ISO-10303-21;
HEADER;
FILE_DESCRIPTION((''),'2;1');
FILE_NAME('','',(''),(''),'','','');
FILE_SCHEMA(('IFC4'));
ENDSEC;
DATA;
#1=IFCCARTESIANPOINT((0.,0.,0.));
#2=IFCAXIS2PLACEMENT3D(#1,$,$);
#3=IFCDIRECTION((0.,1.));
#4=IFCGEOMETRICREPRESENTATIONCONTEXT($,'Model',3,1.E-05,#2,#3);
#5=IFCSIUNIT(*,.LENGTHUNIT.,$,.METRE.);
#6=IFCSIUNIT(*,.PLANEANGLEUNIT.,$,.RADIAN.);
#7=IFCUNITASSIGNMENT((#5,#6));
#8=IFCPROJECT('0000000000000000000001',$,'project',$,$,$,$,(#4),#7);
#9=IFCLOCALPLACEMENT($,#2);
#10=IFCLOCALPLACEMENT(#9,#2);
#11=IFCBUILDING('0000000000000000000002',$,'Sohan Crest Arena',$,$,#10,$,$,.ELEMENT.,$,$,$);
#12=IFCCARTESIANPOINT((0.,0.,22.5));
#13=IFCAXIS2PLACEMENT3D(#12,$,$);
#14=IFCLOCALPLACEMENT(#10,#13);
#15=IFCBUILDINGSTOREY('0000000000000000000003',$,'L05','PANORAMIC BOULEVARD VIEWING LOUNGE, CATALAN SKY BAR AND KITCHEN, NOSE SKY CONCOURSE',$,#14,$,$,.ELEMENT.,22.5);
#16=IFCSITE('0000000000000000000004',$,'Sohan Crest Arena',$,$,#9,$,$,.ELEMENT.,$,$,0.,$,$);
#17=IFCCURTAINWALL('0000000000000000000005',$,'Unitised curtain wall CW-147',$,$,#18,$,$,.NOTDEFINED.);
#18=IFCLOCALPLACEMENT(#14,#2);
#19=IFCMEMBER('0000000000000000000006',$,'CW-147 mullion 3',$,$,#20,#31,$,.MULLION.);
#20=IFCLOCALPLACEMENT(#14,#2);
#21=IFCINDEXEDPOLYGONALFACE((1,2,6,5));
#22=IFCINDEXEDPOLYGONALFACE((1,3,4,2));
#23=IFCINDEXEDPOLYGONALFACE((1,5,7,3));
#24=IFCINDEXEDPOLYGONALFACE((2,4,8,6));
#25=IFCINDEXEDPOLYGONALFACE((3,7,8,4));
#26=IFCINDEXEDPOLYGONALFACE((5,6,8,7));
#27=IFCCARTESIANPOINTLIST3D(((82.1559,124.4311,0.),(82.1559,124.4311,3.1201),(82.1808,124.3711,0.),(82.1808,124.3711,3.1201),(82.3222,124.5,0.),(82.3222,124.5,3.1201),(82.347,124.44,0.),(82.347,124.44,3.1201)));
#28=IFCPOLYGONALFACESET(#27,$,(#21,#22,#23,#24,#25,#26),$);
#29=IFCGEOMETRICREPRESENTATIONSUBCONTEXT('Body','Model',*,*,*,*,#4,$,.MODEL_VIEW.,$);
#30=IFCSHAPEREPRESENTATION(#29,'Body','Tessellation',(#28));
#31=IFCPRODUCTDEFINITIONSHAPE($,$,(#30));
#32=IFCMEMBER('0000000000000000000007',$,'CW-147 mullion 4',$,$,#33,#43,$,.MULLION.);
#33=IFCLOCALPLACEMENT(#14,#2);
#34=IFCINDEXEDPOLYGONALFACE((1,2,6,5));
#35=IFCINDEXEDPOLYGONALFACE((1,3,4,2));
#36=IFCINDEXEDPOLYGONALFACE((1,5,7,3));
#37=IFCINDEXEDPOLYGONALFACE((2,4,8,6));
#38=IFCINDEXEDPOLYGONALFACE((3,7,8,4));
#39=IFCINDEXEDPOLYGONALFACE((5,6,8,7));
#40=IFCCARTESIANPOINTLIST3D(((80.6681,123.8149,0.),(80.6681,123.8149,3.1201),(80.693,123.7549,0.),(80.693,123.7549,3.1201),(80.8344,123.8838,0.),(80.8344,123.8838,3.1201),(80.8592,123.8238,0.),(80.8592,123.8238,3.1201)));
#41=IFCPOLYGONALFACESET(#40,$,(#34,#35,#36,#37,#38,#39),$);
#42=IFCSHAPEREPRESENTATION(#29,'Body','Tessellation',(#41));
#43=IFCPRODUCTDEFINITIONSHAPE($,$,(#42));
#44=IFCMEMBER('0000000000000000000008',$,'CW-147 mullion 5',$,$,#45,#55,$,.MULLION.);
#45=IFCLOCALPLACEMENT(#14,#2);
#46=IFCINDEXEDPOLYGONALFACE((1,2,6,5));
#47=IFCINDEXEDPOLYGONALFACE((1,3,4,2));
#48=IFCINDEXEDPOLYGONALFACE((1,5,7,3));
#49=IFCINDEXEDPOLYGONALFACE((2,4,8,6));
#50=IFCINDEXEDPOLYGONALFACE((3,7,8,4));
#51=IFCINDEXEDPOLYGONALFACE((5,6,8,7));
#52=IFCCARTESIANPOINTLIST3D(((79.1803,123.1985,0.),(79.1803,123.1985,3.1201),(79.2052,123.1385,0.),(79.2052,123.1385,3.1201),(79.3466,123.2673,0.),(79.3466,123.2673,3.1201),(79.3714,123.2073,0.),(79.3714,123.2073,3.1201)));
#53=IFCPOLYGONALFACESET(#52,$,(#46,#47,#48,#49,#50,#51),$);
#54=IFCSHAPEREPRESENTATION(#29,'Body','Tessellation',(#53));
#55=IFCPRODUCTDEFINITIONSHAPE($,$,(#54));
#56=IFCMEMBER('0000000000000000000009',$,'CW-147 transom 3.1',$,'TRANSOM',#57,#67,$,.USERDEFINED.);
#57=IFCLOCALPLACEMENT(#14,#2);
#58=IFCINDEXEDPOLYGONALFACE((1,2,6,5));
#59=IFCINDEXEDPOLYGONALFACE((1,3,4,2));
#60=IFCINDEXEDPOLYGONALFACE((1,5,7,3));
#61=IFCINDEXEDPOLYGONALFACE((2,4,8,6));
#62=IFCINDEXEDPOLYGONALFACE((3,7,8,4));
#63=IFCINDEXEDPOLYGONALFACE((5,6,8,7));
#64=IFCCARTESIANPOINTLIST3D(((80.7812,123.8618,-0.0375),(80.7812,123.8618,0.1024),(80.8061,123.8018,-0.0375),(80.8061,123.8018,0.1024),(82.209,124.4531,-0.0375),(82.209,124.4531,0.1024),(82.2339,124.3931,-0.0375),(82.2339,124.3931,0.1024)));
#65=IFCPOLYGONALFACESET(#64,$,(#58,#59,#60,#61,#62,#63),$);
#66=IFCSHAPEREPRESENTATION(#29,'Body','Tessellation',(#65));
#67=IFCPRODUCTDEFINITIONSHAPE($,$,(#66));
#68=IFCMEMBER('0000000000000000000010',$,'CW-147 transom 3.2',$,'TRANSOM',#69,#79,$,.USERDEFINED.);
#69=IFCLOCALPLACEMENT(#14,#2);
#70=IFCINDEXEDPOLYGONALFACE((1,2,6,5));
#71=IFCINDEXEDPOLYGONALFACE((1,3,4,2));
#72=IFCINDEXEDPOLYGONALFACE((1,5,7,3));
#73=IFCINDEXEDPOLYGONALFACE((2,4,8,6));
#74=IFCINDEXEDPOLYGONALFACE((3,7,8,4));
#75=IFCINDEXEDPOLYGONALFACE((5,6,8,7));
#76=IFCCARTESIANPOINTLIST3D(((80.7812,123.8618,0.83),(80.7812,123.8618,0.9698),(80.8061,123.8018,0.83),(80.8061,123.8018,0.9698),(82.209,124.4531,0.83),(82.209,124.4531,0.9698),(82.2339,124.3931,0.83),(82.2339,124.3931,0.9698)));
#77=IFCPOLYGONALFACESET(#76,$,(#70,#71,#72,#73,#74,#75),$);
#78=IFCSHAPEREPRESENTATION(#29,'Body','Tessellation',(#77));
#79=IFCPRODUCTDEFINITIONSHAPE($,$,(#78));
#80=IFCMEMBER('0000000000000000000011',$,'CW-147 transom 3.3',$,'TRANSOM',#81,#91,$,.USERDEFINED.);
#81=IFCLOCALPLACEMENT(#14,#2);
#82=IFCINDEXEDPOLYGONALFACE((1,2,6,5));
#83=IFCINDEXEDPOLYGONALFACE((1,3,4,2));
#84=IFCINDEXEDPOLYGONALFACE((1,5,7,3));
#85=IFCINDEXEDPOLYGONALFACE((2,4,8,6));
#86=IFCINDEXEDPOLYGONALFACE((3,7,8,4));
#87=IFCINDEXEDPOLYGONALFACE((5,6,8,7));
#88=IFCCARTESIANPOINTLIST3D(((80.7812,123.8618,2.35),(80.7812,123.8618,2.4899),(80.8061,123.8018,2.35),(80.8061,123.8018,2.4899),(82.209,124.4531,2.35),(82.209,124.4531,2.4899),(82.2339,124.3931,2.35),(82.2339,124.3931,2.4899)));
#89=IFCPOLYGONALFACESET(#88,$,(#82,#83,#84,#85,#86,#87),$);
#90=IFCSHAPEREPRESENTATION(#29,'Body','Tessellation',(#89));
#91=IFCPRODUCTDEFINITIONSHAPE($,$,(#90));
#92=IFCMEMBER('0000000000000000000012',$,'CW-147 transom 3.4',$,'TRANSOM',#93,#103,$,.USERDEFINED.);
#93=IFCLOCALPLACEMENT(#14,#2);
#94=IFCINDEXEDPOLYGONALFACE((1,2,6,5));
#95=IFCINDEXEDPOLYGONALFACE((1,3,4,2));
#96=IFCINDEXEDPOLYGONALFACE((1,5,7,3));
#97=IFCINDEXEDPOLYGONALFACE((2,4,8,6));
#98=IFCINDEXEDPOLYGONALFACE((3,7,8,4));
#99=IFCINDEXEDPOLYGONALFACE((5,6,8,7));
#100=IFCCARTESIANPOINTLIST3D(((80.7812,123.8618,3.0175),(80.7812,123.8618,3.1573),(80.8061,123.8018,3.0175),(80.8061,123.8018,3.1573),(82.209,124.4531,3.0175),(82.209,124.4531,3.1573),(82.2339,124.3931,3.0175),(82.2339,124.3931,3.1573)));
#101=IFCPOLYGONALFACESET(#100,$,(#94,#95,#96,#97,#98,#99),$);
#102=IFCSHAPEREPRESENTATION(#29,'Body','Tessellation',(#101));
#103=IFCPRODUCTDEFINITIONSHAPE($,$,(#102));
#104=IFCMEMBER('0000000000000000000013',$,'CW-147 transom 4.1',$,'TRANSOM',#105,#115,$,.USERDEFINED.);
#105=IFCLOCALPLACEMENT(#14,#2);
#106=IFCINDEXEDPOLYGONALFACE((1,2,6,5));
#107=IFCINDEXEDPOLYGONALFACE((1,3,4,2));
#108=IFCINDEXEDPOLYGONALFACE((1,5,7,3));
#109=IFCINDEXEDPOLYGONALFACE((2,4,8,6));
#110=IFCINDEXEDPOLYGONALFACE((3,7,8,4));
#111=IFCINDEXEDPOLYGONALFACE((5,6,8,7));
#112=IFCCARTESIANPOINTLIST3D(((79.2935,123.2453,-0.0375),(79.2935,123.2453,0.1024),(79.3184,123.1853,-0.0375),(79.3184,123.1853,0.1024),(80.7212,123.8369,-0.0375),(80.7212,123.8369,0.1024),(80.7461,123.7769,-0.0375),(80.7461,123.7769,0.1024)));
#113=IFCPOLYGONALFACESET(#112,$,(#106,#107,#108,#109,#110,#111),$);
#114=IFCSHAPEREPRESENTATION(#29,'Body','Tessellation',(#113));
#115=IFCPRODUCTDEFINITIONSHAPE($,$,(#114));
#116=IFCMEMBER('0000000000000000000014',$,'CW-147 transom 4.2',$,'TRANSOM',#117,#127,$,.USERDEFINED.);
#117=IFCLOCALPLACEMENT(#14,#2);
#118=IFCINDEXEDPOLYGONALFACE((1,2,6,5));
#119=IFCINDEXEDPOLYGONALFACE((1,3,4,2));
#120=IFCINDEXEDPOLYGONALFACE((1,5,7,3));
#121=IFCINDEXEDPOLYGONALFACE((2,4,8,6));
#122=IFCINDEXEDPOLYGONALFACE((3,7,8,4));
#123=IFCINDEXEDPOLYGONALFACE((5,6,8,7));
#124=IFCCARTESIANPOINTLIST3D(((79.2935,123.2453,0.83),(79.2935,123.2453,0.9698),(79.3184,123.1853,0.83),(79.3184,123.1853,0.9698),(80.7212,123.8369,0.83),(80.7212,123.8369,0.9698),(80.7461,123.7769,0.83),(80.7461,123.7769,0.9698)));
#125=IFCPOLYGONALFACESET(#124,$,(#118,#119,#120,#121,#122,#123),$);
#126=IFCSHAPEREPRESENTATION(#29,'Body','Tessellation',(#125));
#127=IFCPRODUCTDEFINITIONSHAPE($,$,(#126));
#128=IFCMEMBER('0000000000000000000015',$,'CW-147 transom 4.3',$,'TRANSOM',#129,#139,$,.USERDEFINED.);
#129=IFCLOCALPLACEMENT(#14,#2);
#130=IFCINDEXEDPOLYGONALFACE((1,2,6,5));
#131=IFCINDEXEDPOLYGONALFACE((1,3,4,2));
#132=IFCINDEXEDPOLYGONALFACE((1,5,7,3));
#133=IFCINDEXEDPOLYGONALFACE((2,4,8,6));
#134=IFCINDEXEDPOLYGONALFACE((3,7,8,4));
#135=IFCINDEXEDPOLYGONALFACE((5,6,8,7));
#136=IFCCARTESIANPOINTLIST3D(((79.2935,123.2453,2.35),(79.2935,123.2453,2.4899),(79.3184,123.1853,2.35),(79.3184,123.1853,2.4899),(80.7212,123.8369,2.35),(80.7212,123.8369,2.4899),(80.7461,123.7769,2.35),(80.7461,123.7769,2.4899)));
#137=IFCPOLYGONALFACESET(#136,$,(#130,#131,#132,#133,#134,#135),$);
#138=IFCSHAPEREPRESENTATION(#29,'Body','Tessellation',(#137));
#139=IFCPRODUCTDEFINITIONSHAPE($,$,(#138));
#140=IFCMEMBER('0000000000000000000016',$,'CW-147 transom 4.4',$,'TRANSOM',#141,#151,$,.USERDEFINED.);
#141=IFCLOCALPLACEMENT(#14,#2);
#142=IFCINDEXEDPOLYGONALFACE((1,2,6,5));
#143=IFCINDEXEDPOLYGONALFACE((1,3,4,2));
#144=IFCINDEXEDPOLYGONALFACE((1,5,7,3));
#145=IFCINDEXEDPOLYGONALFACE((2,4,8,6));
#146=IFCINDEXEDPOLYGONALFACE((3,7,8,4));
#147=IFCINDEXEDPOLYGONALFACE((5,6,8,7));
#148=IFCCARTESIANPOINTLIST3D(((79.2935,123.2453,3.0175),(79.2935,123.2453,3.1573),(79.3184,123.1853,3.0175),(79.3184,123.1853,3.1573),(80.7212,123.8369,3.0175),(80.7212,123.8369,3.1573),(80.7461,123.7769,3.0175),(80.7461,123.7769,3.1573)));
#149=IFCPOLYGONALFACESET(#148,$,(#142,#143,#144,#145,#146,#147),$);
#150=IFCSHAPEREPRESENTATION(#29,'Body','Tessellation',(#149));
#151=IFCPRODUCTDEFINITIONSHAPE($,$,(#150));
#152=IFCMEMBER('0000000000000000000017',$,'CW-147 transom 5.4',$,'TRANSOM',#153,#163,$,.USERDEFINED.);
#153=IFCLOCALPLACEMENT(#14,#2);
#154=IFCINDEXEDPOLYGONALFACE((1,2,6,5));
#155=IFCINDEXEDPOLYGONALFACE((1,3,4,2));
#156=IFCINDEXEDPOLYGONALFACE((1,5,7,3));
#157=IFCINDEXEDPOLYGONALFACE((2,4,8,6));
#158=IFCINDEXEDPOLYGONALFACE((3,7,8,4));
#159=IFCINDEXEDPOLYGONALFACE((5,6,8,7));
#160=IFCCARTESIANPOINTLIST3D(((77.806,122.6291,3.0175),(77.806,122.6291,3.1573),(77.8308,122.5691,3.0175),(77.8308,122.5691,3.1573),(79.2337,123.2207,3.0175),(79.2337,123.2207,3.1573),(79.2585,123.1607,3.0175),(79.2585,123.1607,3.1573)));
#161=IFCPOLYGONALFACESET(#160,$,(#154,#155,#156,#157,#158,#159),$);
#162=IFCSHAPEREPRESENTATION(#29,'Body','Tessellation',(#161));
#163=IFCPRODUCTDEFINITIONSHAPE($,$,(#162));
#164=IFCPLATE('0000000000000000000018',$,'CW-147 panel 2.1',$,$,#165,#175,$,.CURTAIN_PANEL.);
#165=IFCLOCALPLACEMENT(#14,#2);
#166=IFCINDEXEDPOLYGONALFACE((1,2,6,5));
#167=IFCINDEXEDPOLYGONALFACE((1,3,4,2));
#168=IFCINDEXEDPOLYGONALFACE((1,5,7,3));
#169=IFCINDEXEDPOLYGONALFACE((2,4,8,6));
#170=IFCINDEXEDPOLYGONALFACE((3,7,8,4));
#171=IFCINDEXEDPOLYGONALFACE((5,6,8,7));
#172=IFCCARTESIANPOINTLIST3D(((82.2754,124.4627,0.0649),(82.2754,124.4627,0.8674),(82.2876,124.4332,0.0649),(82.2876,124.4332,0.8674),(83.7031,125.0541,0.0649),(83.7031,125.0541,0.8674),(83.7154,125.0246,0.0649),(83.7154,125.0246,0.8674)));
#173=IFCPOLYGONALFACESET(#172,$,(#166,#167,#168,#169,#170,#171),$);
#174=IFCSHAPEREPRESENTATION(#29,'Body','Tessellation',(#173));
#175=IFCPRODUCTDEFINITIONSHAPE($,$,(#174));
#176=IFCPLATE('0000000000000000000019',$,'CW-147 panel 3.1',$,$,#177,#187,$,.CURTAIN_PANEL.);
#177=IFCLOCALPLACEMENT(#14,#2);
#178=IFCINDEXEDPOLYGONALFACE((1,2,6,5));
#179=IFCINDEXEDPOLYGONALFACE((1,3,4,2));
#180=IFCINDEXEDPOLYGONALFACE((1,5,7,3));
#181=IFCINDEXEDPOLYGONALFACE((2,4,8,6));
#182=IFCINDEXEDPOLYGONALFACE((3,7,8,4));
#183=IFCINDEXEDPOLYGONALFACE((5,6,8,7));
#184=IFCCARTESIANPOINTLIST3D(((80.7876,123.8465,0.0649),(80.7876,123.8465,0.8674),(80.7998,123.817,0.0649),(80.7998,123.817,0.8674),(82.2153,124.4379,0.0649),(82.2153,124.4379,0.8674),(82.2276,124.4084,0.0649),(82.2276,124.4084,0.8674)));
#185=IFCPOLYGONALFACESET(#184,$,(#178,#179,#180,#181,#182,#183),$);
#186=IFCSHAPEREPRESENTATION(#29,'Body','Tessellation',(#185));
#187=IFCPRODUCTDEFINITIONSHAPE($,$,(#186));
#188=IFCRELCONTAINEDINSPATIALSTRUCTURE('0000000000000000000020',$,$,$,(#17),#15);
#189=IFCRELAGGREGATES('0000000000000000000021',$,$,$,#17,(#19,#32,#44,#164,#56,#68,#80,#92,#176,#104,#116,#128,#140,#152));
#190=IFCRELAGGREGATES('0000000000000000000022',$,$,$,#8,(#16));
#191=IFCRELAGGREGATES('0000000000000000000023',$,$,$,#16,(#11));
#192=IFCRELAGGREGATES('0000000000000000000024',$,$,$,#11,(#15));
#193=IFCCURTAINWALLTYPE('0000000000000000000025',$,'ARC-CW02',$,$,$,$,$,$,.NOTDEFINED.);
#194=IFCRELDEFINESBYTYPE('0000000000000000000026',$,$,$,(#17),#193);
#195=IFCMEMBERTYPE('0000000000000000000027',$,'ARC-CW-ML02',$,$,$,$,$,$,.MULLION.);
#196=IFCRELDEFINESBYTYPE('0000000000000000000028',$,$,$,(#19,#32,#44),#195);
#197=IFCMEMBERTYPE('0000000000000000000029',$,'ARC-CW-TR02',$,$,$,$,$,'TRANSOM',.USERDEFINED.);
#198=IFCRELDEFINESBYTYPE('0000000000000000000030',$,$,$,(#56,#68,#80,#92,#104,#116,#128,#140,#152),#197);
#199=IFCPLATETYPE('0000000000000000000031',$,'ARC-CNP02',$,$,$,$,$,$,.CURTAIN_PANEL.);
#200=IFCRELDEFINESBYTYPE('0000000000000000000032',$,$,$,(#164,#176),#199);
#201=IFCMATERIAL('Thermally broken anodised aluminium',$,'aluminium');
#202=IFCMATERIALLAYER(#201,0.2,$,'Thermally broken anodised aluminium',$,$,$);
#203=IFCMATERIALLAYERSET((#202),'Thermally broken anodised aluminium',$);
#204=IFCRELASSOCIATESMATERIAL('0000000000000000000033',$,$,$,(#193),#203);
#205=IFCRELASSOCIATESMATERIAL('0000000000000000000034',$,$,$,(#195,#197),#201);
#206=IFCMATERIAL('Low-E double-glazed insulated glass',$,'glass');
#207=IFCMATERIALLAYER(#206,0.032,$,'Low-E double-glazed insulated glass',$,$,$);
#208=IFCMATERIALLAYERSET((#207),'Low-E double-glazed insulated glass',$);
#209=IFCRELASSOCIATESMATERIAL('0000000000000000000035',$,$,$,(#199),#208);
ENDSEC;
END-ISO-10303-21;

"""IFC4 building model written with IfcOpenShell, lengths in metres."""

from ifc_helpers import new_model, si_unit, direction, frame, origin, origin_2d, place, context, subcontext, project, spatial, rectangle, extrude, material, layer, layer_set, material_profile, profile_set, type_object, element, aggregate, save


model = new_model("IFC4")

# Units and contexts
model_context = context("Model", 3, precision=1e-05, world=origin(), true_north=direction((0.0, 1.0)))
body_context = subcontext(model_context, "Body", "Model", "MODEL_VIEW")
ifc_project = project(units=[si_unit("LENGTHUNIT", "METRE"), si_unit("PLANEANGLEUNIT", "RADIAN")], contexts=[model_context])

# Site, building, storey
site_placement = place(None, origin())
site = spatial("IfcSite", under=ifc_project, at=site_placement, Name="Sohan Crest Arena", CompositionType="ELEMENT", RefElevation=0.0)
building_placement = place(site_placement, origin())
building = spatial("IfcBuilding", under=site, at=building_placement, Name="Sohan Crest Arena", CompositionType="ELEMENT")
storey_placement = place(building_placement, frame((0.0, 0.0, 22.5)))
storey = spatial("IfcBuildingStorey", under=building, at=storey_placement, Name="L05", Description="PANORAMIC BOULEVARD VIEWING LOUNGE, CATALAN SKY BAR AND KITCHEN, NOSE SKY CONCOURSE", CompositionType="ELEMENT", Elevation=22.5)

# Curtain wall, members, plates
ifc_material_1 = material(Name="Thermally broken anodised aluminium", Category="aluminium")
ifc_layer_1 = layer(ifc_material_1, 0.2, Name="Thermally broken anodised aluminium")
ifc_layer_set_1 = layer_set([ifc_layer_1], Name="Thermally broken anodised aluminium")
curtain_wall_type = type_object("IfcCurtainWallType", Name="ARC-CW02", PredefinedType="NOTDEFINED", material=ifc_layer_set_1)
curtain_wall_placement = place(storey_placement, origin())
curtain_wall = element("IfcCurtainWall", 1, at=curtain_wall_placement, inside=storey, type_object=curtain_wall_type, Name="Unitised curtain wall CW-147", PredefinedType="NOTDEFINED")
ifc_material_profile_1 = material_profile(ifc_material_1, rectangle(XDim=0.0649, YDim=0.1799, at=origin_2d()), Name="ALU-MULL 65x180")
ifc_profile_set_1 = profile_set([ifc_material_profile_1], Name="Thermally broken anodised aluminium")
member_type_1 = type_object("IfcMemberType", Name="ARC-CW-ML02", PredefinedType="MULLION", material=ifc_profile_set_1)
member_1_placement = place(storey_placement, frame((82.2515, 124.4355, 0.0), z_axis=(0.0, 0.0, 1.0), x_axis=(0.382685, -0.923879, 0.0)))
member_1 = element("IfcMember", 2, at=member_1_placement, type_object=member_type_1, Name="CW-147 mullion 3", PredefinedType="MULLION", context=body_context, shape_type="SweptSolid", body=[
    extrude(rectangle(XDim=0.0649, YDim=0.1799, at=origin_2d()), origin(), (0.0, 0.0, 1.0), 3.1201),
])
member_2_placement = place(storey_placement, frame((80.7637, 123.8193, 0.0), z_axis=(0.0, 0.0, 1.0), x_axis=(0.382685, -0.923879, 0.0)))
member_2 = element("IfcMember", 3, at=member_2_placement, type_object=member_type_1, Name="CW-147 mullion 4", PredefinedType="MULLION", context=body_context, shape_type="SweptSolid", body=[
    extrude(rectangle(XDim=0.0649, YDim=0.1799, at=origin_2d()), origin(), (0.0, 0.0, 1.0), 3.1201),
])
member_3_placement = place(storey_placement, frame((79.2759, 123.2029, 0.0), z_axis=(0.0, 0.0, 1.0), x_axis=(0.382685, -0.923879, 0.0)))
member_3 = element("IfcMember", 4, at=member_3_placement, type_object=member_type_1, Name="CW-147 mullion 5", PredefinedType="MULLION", context=body_context, shape_type="SweptSolid", body=[
    extrude(rectangle(XDim=0.0649, YDim=0.1799, at=origin_2d()), origin(), (0.0, 0.0, 1.0), 3.1201),
])
ifc_material_profile_2 = material_profile(ifc_material_1, rectangle(XDim=0.0649, YDim=0.1399, at=origin_2d()), Name="ALU-TRAN 65x140")
ifc_profile_set_2 = profile_set([ifc_material_profile_2], Name="Thermally broken anodised aluminium")
member_type_2 = type_object("IfcMemberType", Name="ARC-CW-TR02", ElementType="TRANSOM", PredefinedType="USERDEFINED", material=ifc_profile_set_2)
member_4_placement = place(storey_placement, frame((82.2214, 124.4231, 0.0325), z_axis=(-0.923897, -0.38264, 0.0), x_axis=(0.38264, -0.923897, 0.0)))
member_4 = element("IfcMember", 5, at=member_4_placement, type_object=member_type_2, Name="CW-147 transom 3.1", ObjectType="TRANSOM", PredefinedType="USERDEFINED", context=body_context, shape_type="SweptSolid", body=[
    extrude(rectangle(XDim=0.0649, YDim=0.1399, at=origin_2d()), origin(), (0.0, 0.0, 1.0), 1.5454),
])
member_5_placement = place(storey_placement, frame((82.2214, 124.4231, 0.8999), z_axis=(-0.923897, -0.38264, 0.0), x_axis=(0.38264, -0.923897, 0.0)))
member_5 = element("IfcMember", 6, at=member_5_placement, type_object=member_type_2, Name="CW-147 transom 3.2", ObjectType="TRANSOM", PredefinedType="USERDEFINED", context=body_context, shape_type="SweptSolid", body=[
    extrude(rectangle(XDim=0.0649, YDim=0.1399, at=origin_2d()), origin(), (0.0, 0.0, 1.0), 1.5454),
])
member_6_placement = place(storey_placement, frame((82.2214, 124.4231, 2.4199), z_axis=(-0.923897, -0.38264, 0.0), x_axis=(0.38264, -0.923897, 0.0)))
member_6 = element("IfcMember", 7, at=member_6_placement, type_object=member_type_2, Name="CW-147 transom 3.3", ObjectType="TRANSOM", PredefinedType="USERDEFINED", context=body_context, shape_type="SweptSolid", body=[
    extrude(rectangle(XDim=0.0649, YDim=0.1399, at=origin_2d()), origin(), (0.0, 0.0, 1.0), 1.5454),
])
member_7_placement = place(storey_placement, frame((82.2214, 124.4231, 3.0874), z_axis=(-0.923897, -0.38264, 0.0), x_axis=(0.38264, -0.923897, 0.0)))
member_7 = element("IfcMember", 8, at=member_7_placement, type_object=member_type_2, Name="CW-147 transom 3.4", ObjectType="TRANSOM", PredefinedType="USERDEFINED", context=body_context, shape_type="SweptSolid", body=[
    extrude(rectangle(XDim=0.0649, YDim=0.1399, at=origin_2d()), origin(), (0.0, 0.0, 1.0), 1.5454),
])
member_8_placement = place(storey_placement, frame((80.7336, 123.8069, 0.0325), z_axis=(-0.923842, -0.382775, 0.0), x_axis=(0.382775, -0.923842, 0.0)))
member_8 = element("IfcMember", 9, at=member_8_placement, type_object=member_type_2, Name="CW-147 transom 4.1", ObjectType="TRANSOM", PredefinedType="USERDEFINED", context=body_context, shape_type="SweptSolid", body=[
    extrude(rectangle(XDim=0.0649, YDim=0.1399, at=origin_2d()), origin(), (0.0, 0.0, 1.0), 1.5454),
])
member_9_placement = place(storey_placement, frame((80.7336, 123.8069, 0.8999), z_axis=(-0.923842, -0.382775, 0.0), x_axis=(0.382775, -0.923842, 0.0)))
member_9 = element("IfcMember", 10, at=member_9_placement, type_object=member_type_2, Name="CW-147 transom 4.2", ObjectType="TRANSOM", PredefinedType="USERDEFINED", context=body_context, shape_type="SweptSolid", body=[
    extrude(rectangle(XDim=0.0649, YDim=0.1399, at=origin_2d()), origin(), (0.0, 0.0, 1.0), 1.5454),
])
member_10_placement = place(storey_placement, frame((80.7336, 123.8069, 2.4199), z_axis=(-0.923842, -0.382775, 0.0), x_axis=(0.382775, -0.923842, 0.0)))
member_10 = element("IfcMember", 11, at=member_10_placement, type_object=member_type_2, Name="CW-147 transom 4.3", ObjectType="TRANSOM", PredefinedType="USERDEFINED", context=body_context, shape_type="SweptSolid", body=[
    extrude(rectangle(XDim=0.0649, YDim=0.1399, at=origin_2d()), origin(), (0.0, 0.0, 1.0), 1.5454),
])
member_11_placement = place(storey_placement, frame((80.7336, 123.8069, 3.0874), z_axis=(-0.923842, -0.382775, 0.0), x_axis=(0.382775, -0.923842, 0.0)))
member_11 = element("IfcMember", 12, at=member_11_placement, type_object=member_type_2, Name="CW-147 transom 4.4", ObjectType="TRANSOM", PredefinedType="USERDEFINED", context=body_context, shape_type="SweptSolid", body=[
    extrude(rectangle(XDim=0.0649, YDim=0.1399, at=origin_2d()), origin(), (0.0, 0.0, 1.0), 1.5454),
])
member_12_placement = place(storey_placement, frame((79.2461, 123.1907, 3.0874), z_axis=(-0.923842, -0.382775, 0.0), x_axis=(0.382775, -0.923842, 0.0)))
member_12 = element("IfcMember", 13, at=member_12_placement, type_object=member_type_2, Name="CW-147 transom 5.4", ObjectType="TRANSOM", PredefinedType="USERDEFINED", context=body_context, shape_type="SweptSolid", body=[
    extrude(rectangle(XDim=0.0649, YDim=0.1399, at=origin_2d()), origin(), (0.0, 0.0, 1.0), 1.5454),
])
ifc_material_2 = material(Name="Low-E double-glazed insulated glass", Category="glass")
ifc_layer_2 = layer(ifc_material_2, 0.032, Name="Low-E double-glazed insulated glass")
ifc_layer_set_2 = layer_set([ifc_layer_2], Name="Low-E double-glazed insulated glass")
plate_type = type_object("IfcPlateType", Name="ARC-CNP02", PredefinedType="CURTAIN_PANEL", material=ifc_layer_set_2)
plate_1_placement = place(storey_placement, frame((82.9954, 124.7437, 0.0649), z_axis=(0.0, 0.0, 1.0), x_axis=(-0.923879, -0.382685, 0.0)))
plate_1 = element("IfcPlate", 14, at=plate_1_placement, type_object=plate_type, Name="CW-147 panel 2.1", PredefinedType="CURTAIN_PANEL", context=body_context, shape_type="SweptSolid", body=[
    extrude(rectangle(XDim=1.5454, YDim=0.032, at=origin_2d()), origin(), (0.0, 0.0, 1.0), 0.8025),
])
plate_2_placement = place(storey_placement, frame((81.5076, 124.1274, 0.0649), z_axis=(0.0, 0.0, 1.0), x_axis=(-0.923879, -0.382685, 0.0)))
plate_2 = element("IfcPlate", 15, at=plate_2_placement, type_object=plate_type, Name="CW-147 panel 3.1", PredefinedType="CURTAIN_PANEL", context=body_context, shape_type="SweptSolid", body=[
    extrude(rectangle(XDim=1.5454, YDim=0.032, at=origin_2d()), origin(), (0.0, 0.0, 1.0), 0.8025),
])
aggregate(curtain_wall, [member_1, member_2, member_3, plate_1, member_4, member_5, member_6, member_7, plate_2, member_8, member_9, member_10, member_11, member_12])

save(model, "model.ifc")
